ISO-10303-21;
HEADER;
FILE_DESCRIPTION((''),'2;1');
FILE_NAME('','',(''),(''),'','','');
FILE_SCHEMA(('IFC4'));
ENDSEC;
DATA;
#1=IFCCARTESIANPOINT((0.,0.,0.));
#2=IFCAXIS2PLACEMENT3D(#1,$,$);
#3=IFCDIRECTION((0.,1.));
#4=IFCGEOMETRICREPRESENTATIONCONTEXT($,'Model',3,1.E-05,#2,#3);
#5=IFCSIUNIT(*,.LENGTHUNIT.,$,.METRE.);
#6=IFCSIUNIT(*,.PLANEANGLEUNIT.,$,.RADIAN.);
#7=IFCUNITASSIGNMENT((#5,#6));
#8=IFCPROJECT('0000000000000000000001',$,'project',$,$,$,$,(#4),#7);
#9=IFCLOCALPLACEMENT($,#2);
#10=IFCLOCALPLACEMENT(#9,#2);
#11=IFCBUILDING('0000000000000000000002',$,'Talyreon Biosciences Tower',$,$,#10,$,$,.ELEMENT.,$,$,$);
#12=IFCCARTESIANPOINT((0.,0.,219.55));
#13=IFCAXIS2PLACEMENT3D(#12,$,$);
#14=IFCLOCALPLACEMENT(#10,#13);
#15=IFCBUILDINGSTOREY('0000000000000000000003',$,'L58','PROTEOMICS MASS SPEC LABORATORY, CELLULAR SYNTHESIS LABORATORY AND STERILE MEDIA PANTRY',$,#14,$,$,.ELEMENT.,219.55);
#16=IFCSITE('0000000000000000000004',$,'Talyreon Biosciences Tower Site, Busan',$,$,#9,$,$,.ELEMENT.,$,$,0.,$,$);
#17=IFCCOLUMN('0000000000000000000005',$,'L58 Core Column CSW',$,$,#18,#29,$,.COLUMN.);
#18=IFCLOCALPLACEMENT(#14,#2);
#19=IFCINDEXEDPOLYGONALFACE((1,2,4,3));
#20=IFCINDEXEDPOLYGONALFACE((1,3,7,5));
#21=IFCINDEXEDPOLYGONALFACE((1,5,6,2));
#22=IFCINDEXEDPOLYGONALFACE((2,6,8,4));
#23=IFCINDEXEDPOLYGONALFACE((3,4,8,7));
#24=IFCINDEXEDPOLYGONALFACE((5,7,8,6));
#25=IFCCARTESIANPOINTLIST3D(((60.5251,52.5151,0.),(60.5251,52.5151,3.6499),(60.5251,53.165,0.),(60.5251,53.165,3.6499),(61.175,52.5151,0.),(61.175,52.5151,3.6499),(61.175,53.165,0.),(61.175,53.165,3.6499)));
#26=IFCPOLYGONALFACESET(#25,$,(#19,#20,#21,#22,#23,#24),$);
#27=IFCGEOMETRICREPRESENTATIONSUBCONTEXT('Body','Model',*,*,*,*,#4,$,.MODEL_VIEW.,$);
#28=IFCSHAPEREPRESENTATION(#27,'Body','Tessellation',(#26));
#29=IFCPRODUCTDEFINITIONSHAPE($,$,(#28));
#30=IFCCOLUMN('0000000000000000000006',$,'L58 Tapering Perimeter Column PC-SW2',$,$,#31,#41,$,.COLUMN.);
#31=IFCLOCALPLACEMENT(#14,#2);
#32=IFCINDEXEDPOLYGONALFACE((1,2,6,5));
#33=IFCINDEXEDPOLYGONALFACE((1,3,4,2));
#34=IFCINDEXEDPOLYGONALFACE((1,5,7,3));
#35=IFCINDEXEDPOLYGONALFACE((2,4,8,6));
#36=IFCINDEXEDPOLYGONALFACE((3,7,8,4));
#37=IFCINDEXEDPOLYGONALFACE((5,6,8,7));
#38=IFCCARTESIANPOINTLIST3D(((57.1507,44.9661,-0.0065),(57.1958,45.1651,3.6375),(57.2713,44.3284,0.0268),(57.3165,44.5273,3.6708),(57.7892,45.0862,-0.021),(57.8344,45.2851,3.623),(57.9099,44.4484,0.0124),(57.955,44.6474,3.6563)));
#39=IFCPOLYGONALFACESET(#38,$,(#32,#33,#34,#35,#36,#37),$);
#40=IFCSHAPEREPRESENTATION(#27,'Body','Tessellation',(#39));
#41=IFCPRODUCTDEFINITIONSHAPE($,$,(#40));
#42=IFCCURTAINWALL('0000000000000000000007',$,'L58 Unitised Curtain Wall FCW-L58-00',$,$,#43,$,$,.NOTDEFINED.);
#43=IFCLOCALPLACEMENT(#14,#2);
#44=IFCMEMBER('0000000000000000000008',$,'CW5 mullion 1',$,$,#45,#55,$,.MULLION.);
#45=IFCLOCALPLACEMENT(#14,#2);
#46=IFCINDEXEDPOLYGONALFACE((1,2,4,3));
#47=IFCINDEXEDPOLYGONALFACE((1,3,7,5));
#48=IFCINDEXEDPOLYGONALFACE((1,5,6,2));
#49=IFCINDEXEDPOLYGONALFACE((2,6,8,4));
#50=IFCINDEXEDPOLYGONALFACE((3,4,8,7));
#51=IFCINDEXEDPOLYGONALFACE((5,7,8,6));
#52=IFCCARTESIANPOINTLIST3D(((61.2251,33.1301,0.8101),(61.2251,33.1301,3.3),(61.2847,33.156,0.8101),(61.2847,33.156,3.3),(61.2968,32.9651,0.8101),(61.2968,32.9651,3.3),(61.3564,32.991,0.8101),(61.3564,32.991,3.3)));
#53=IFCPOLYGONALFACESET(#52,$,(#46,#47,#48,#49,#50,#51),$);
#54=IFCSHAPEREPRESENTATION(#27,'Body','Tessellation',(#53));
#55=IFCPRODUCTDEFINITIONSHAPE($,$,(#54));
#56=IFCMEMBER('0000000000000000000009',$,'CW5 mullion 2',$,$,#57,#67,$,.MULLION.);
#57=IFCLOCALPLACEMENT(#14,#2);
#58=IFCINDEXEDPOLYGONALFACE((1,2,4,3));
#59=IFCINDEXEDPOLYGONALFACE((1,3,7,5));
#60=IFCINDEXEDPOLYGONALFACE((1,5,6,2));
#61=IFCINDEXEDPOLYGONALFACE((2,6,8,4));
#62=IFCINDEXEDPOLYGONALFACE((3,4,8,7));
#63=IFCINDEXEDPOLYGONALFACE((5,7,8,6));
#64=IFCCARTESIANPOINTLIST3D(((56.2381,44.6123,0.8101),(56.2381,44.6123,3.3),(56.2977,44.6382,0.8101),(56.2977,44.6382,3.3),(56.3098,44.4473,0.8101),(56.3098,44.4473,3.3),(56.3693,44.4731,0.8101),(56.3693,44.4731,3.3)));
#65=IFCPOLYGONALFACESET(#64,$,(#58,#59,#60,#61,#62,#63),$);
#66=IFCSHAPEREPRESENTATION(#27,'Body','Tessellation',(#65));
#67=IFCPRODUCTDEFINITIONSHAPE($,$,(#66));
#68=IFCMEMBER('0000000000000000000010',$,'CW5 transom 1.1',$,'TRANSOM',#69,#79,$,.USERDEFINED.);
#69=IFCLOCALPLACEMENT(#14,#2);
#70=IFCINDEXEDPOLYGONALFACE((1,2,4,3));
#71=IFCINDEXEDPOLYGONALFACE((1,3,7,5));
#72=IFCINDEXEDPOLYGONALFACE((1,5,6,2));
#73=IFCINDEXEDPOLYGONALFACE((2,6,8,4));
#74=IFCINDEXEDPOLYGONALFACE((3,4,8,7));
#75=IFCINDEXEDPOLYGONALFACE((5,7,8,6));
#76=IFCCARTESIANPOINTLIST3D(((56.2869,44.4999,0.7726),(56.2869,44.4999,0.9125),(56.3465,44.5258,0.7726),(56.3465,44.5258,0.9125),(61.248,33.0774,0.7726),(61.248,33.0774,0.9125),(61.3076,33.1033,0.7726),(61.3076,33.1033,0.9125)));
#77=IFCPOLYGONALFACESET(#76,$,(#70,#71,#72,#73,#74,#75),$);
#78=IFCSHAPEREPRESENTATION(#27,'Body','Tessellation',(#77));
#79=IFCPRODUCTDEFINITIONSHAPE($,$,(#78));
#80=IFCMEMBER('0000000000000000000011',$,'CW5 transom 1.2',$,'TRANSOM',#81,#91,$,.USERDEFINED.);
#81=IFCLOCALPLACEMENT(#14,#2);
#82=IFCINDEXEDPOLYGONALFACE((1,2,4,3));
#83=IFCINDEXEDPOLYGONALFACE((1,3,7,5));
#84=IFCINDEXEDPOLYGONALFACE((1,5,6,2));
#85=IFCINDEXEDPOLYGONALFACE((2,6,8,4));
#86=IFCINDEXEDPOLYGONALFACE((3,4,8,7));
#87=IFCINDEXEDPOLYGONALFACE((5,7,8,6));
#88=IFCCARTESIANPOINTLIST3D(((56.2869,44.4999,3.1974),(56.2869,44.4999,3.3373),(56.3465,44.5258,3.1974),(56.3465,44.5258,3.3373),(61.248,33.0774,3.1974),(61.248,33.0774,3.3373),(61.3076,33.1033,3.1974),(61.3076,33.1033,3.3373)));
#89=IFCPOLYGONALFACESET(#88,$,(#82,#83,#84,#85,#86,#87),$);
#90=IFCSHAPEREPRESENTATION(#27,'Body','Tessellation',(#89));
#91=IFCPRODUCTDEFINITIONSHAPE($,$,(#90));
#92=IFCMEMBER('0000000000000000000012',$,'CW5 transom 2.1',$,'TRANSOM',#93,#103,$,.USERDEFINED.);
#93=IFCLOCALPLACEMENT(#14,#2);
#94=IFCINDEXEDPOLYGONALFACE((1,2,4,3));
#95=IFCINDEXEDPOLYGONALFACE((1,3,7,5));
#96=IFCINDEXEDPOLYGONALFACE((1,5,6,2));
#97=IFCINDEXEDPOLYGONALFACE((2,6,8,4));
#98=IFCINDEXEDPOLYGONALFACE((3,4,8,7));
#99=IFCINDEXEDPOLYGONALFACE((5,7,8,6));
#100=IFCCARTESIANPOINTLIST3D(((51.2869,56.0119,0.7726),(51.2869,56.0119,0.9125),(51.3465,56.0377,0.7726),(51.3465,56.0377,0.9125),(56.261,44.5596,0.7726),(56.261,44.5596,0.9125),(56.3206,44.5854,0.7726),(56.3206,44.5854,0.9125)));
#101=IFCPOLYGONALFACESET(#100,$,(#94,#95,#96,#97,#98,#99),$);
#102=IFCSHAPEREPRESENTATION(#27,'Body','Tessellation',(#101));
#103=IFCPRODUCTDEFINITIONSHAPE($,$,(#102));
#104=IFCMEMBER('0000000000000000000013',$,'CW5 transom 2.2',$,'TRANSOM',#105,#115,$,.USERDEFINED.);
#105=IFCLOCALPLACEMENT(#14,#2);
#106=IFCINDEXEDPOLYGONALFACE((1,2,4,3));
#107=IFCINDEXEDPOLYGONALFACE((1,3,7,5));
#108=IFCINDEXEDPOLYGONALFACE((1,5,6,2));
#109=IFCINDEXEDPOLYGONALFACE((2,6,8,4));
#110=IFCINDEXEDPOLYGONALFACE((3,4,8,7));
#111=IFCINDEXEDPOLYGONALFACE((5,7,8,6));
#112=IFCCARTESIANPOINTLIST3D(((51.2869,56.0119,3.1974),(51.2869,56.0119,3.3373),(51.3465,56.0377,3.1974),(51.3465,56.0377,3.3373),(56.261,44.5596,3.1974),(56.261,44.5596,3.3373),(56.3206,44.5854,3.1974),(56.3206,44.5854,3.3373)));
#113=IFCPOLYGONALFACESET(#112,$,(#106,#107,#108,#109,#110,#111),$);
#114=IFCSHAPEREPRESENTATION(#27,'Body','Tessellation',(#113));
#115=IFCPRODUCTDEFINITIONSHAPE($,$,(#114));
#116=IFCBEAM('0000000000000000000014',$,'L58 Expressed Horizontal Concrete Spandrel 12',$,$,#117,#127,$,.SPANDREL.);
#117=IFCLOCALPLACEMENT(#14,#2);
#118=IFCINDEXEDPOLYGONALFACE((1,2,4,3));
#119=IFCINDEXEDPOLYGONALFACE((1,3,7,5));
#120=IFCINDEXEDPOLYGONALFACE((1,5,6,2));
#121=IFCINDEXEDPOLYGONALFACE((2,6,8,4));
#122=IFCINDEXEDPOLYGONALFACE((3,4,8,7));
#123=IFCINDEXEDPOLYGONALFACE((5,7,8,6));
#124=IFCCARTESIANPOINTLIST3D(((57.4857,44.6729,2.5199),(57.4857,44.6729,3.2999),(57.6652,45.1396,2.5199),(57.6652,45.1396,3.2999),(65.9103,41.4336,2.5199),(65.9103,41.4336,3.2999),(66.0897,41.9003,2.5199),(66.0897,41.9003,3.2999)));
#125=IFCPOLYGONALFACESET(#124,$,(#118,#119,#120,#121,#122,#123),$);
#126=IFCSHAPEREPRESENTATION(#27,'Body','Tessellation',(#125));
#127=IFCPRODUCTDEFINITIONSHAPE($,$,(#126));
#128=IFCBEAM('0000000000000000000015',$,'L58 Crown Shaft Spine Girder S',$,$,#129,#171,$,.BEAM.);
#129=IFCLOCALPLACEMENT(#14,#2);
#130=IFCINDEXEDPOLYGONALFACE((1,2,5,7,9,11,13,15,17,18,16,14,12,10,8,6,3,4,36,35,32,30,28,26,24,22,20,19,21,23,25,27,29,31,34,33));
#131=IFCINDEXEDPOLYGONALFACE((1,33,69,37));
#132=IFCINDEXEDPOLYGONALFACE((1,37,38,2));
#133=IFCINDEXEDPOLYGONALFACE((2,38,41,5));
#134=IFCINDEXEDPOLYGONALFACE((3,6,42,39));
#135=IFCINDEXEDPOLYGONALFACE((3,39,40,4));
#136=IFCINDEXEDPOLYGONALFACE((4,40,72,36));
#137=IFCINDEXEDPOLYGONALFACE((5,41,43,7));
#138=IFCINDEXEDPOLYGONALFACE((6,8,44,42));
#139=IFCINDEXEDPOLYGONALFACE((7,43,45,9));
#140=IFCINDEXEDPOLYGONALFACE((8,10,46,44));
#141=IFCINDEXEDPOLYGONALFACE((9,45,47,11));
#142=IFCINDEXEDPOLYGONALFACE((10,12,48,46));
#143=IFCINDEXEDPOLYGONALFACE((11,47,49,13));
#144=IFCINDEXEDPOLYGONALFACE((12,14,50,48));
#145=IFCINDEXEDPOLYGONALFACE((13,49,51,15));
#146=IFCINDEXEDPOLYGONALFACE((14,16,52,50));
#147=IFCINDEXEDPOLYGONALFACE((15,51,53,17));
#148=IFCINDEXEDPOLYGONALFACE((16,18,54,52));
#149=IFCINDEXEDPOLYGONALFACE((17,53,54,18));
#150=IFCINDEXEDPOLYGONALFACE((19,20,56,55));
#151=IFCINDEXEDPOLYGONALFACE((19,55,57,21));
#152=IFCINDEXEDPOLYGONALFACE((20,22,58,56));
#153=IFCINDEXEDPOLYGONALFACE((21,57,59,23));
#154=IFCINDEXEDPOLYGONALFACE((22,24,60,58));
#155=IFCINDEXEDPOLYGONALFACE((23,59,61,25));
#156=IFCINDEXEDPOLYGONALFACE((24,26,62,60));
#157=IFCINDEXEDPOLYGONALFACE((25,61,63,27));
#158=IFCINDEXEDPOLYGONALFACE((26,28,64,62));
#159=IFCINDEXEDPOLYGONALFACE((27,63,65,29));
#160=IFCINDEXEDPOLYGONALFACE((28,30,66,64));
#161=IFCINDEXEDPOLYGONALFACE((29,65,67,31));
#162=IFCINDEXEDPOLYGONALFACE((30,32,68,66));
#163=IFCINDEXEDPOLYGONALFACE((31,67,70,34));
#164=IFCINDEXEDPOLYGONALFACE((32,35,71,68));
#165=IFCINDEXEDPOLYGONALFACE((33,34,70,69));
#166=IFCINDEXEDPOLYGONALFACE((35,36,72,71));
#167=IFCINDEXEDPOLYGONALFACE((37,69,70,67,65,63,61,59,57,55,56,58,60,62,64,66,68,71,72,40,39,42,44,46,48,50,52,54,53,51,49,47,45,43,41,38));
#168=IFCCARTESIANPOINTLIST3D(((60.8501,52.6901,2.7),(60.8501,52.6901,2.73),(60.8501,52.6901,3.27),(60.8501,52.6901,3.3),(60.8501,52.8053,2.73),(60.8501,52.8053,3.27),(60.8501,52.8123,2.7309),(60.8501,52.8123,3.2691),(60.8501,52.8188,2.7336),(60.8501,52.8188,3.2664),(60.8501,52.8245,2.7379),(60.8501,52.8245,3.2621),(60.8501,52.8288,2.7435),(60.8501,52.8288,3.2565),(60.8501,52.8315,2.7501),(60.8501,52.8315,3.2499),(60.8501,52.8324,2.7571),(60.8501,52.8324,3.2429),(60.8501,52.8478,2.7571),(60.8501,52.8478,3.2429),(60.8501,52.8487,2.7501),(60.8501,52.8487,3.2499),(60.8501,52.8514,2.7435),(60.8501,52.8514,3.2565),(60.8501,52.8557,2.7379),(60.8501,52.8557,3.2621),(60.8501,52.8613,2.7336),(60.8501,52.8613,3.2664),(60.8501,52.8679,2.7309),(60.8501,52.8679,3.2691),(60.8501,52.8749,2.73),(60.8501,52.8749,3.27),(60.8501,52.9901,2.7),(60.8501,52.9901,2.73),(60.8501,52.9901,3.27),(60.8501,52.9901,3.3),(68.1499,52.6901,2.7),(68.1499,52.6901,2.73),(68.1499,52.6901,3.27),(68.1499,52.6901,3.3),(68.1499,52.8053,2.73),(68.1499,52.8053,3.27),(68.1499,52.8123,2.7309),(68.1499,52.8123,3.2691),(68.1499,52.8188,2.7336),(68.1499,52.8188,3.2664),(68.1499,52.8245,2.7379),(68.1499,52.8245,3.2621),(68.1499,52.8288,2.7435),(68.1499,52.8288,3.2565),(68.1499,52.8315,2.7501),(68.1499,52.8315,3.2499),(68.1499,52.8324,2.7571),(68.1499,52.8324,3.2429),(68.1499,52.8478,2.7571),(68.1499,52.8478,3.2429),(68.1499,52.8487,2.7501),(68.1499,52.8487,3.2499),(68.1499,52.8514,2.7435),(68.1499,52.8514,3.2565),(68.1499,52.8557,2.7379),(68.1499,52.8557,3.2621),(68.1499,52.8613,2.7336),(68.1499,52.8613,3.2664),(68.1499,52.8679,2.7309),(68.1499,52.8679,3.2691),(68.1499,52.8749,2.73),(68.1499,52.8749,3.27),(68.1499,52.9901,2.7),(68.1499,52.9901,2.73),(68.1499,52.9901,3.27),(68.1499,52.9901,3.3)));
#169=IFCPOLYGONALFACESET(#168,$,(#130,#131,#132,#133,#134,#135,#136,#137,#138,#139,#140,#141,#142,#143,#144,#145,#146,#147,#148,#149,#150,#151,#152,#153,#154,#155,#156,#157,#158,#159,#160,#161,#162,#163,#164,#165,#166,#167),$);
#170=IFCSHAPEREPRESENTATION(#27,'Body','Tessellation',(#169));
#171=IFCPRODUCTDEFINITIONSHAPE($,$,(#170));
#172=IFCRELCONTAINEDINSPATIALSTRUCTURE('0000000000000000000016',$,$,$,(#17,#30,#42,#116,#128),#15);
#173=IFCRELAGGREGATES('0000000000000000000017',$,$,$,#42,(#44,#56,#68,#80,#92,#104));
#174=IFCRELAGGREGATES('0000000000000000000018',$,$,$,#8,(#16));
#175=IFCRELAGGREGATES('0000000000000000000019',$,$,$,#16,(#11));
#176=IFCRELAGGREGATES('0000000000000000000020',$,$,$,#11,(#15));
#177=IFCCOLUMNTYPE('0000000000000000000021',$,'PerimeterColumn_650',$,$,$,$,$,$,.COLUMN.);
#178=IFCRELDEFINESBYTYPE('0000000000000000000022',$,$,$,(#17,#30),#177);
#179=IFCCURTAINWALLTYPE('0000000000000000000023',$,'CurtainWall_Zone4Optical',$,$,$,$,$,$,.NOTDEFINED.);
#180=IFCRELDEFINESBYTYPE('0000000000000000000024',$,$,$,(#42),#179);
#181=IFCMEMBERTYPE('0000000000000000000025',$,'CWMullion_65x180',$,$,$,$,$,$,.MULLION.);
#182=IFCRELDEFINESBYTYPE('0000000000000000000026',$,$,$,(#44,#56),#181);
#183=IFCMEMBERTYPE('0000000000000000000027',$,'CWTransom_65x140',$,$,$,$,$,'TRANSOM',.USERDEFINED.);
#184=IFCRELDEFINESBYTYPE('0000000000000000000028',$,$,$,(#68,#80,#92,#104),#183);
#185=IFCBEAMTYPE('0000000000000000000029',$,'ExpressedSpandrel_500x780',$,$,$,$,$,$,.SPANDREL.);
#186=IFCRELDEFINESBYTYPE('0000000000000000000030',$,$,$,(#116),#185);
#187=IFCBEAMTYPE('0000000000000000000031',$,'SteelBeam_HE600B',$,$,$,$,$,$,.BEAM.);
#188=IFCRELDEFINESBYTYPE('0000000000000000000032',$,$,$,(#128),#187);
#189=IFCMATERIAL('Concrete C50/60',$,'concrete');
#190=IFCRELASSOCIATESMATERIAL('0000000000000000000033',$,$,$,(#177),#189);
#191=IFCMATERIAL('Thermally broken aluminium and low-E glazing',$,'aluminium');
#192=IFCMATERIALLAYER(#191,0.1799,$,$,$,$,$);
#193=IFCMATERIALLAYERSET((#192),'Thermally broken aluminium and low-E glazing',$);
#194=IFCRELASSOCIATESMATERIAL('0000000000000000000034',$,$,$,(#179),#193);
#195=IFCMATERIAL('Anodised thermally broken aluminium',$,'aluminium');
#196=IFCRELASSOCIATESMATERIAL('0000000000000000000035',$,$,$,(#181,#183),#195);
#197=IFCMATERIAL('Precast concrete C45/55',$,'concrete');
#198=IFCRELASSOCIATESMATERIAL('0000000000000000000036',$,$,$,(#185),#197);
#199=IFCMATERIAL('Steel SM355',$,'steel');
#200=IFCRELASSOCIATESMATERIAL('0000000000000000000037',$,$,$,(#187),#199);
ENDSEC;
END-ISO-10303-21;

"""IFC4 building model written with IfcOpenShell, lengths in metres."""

from ifc_helpers import new_model, si_unit, direction, frame, origin, origin_2d, place, context, subcontext, project, spatial, rectangle, i_section, extrude, material, layer, layer_set, material_profile, profile_set, type_object, element, aggregate, save


model = new_model("IFC4")

# Units and contexts
model_context = context("Model", 3, precision=1e-05, world=origin(), true_north=direction((0.0, 1.0)))
body_context = subcontext(model_context, "Body", "Model", "MODEL_VIEW")
ifc_project = project(units=[si_unit("LENGTHUNIT", "METRE"), si_unit("PLANEANGLEUNIT", "RADIAN")], contexts=[model_context])

# Site, building, storey
site_placement = place(None, origin())
site = spatial("IfcSite", under=ifc_project, at=site_placement, Name="Talyreon Biosciences Tower Site, Busan", CompositionType="ELEMENT", RefElevation=0.0)
building_placement = place(site_placement, origin())
building = spatial("IfcBuilding", under=site, at=building_placement, Name="Talyreon Biosciences Tower", CompositionType="ELEMENT")
storey_placement = place(building_placement, frame((0.0, 0.0, 219.55)))
storey = spatial("IfcBuildingStorey", under=building, at=storey_placement, Name="L58", Description="PROTEOMICS MASS SPEC LABORATORY, CELLULAR SYNTHESIS LABORATORY AND STERILE MEDIA PANTRY", CompositionType="ELEMENT", Elevation=219.55)

# Columns
ifc_material_1 = material(Name="Concrete C50/60", Category="concrete")
ifc_material_profile_1 = material_profile(ifc_material_1, rectangle(XDim=0.6499, YDim=0.6499, at=origin_2d()), Name="RC 650x650")
ifc_profile_set_1 = profile_set([ifc_material_profile_1], Name="Concrete C50/60")
column_type = type_object("IfcColumnType", Name="PerimeterColumn_650", PredefinedType="COLUMN", material=ifc_profile_set_1)
column_1_placement = place(storey_placement, frame((60.8501, 52.8401, 0.0), z_axis=(0.0, 0.0, 1.0), x_axis=(1.0, 0.0, 0.0)))
element("IfcColumn", 1, at=column_1_placement, inside=storey, type_object=column_type, Name="L58 Core Column CSW", PredefinedType="COLUMN", context=body_context, shape_type="SweptSolid", body=[
    extrude(rectangle(XDim=0.6499, YDim=0.6499, at=origin_2d()), origin(), (0.0, 0.0, 1.0), 3.6499),
])
column_2_placement = place(storey_placement, frame((57.5303, 44.7073, 0.0029), z_axis=(0.012375, 0.054517, 0.998436), x_axis=(-0.185674, 0.981272, -0.051279)))
element("IfcColumn", 2, at=column_2_placement, inside=storey, type_object=column_type, Name="L58 Tapering Perimeter Column PC-SW2", PredefinedType="COLUMN", context=body_context, shape_type="SweptSolid", body=[
    extrude(rectangle(XDim=0.6499, YDim=0.6499, at=origin_2d()), origin(), (0.0, 0.0, 1.0), 3.6497),
])

# Curtain wall, members
ifc_material_2 = material(Name="Thermally broken aluminium and low-E glazing", Category="aluminium")
ifc_layer_1 = layer(ifc_material_2, 0.1799)
ifc_layer_set_1 = layer_set([ifc_layer_1], Name="Thermally broken aluminium and low-E glazing")
curtain_wall_type = type_object("IfcCurtainWallType", Name="CurtainWall_Zone4Optical", PredefinedType="NOTDEFINED", material=ifc_layer_set_1)
curtain_wall_placement = place(storey_placement, origin())
curtain_wall = element("IfcCurtainWall", 3, at=curtain_wall_placement, inside=storey, type_object=curtain_wall_type, Name="L58 Unitised Curtain Wall FCW-L58-00", PredefinedType="NOTDEFINED")
ifc_material_3 = material(Name="Anodised thermally broken aluminium", Category="aluminium")
ifc_material_profile_2 = material_profile(ifc_material_3, rectangle(XDim=0.0649, YDim=0.1799, at=origin_2d()), Name="ALUM MULLION 65x180")
ifc_profile_set_2 = profile_set([ifc_material_profile_2], Name="Anodised thermally broken aluminium")
member_type_1 = type_object("IfcMemberType", Name="CWMullion_65x180", PredefinedType="MULLION", material=ifc_profile_set_2)
member_1_placement = place(storey_placement, frame((61.2908, 33.0605, 0.8101), z_axis=(0.0, 0.0, 1.0), x_axis=(-0.917222, -0.398376, 0.0)))
member_1 = element("IfcMember", 4, at=member_1_placement, type_object=member_type_1, Name="CW5 mullion 1", PredefinedType="MULLION", context=body_context, shape_type="SweptSolid", body=[
    extrude(rectangle(XDim=0.0649, YDim=0.1799, at=origin_2d()), origin(), (0.0, 0.0, 1.0), 2.49),
])
member_2_placement = place(storey_placement, frame((56.3037, 44.5427, 0.8101), z_axis=(0.0, 0.0, 1.0), x_axis=(-0.917222, -0.398376, 0.0)))
member_2 = element("IfcMember", 5, at=member_2_placement, type_object=member_type_1, Name="CW5 mullion 2", PredefinedType="MULLION", context=body_context, shape_type="SweptSolid", body=[
    extrude(rectangle(XDim=0.0649, YDim=0.1799, at=origin_2d()), origin(), (0.0, 0.0, 1.0), 2.49),
])
ifc_material_profile_3 = material_profile(ifc_material_3, rectangle(XDim=0.0649, YDim=0.1399, at=origin_2d()), Name="ALUM TRANSOM 65x140")
ifc_profile_set_3 = profile_set([ifc_material_profile_3], Name="Anodised thermally broken aluminium")
member_type_2 = type_object("IfcMemberType", Name="CWTransom_65x140", ElementType="TRANSOM", PredefinedType="USERDEFINED", material=ifc_profile_set_3)
member_3_placement = place(storey_placement, frame((61.2778, 33.0903, 0.8425), z_axis=(-0.398377, 0.917222, 0.0), x_axis=(-0.917222, -0.398377, 0.0)))
member_3 = element("IfcMember", 6, at=member_3_placement, type_object=member_type_2, Name="CW5 transom 1.1", ObjectType="TRANSOM", PredefinedType="USERDEFINED", context=body_context, shape_type="SweptSolid", body=[
    extrude(rectangle(XDim=0.0649, YDim=0.1399, at=origin_2d()), origin(), (0.0, 0.0, 1.0), 12.4534),
])
member_4_placement = place(storey_placement, frame((61.2778, 33.0903, 3.2673), z_axis=(-0.398377, 0.917222, 0.0), x_axis=(-0.917222, -0.398377, 0.0)))
member_4 = element("IfcMember", 7, at=member_4_placement, type_object=member_type_2, Name="CW5 transom 1.2", ObjectType="TRANSOM", PredefinedType="USERDEFINED", context=body_context, shape_type="SweptSolid", body=[
    extrude(rectangle(XDim=0.0649, YDim=0.1399, at=origin_2d()), origin(), (0.0, 0.0, 1.0), 12.4534),
])
member_5_placement = place(storey_placement, frame((56.2908, 44.5725, 0.8425), z_axis=(-0.398377, 0.917222, 0.0), x_axis=(-0.917222, -0.398377, 0.0)))
member_5 = element("IfcMember", 8, at=member_5_placement, type_object=member_type_2, Name="CW5 transom 2.1", ObjectType="TRANSOM", PredefinedType="USERDEFINED", context=body_context, shape_type="SweptSolid", body=[
    extrude(rectangle(XDim=0.0649, YDim=0.1399, at=origin_2d()), origin(), (0.0, 0.0, 1.0), 12.4858),
])
member_6_placement = place(storey_placement, frame((56.2908, 44.5725, 3.2673), z_axis=(-0.398377, 0.917222, 0.0), x_axis=(-0.917222, -0.398377, 0.0)))
member_6 = element("IfcMember", 9, at=member_6_placement, type_object=member_type_2, Name="CW5 transom 2.2", ObjectType="TRANSOM", PredefinedType="USERDEFINED", context=body_context, shape_type="SweptSolid", body=[
    extrude(rectangle(XDim=0.0649, YDim=0.1399, at=origin_2d()), origin(), (0.0, 0.0, 1.0), 12.4858),
])

# Beams
ifc_material_4 = material(Name="Precast concrete C45/55", Category="concrete")
ifc_material_profile_4 = material_profile(ifc_material_4, rectangle(XDim=0.5, YDim=0.78, at=origin_2d()), Name="RCB 500x780")
ifc_profile_set_4 = profile_set([ifc_material_profile_4], Name="Precast concrete C45/55")
beam_type_1 = type_object("IfcBeamType", Name="ExpressedSpandrel_500x780", PredefinedType="SPANDREL", material=ifc_profile_set_4)
beam_1_placement = place(storey_placement, frame((57.5754, 44.9062, 2.9099), z_axis=(0.933381, -0.358887, 0.0), x_axis=(0.358887, 0.933381, 0.0)))
element("IfcBeam", 10, at=beam_1_placement, inside=storey, type_object=beam_type_1, Name="L58 Expressed Horizontal Concrete Spandrel 12", PredefinedType="SPANDREL", context=body_context, shape_type="SweptSolid", body=[
    extrude(rectangle(XDim=0.5, YDim=0.78, at=origin_2d()), origin(), (0.0, 0.0, 1.0), 9.0259),
])
ifc_material_5 = material(Name="Steel SM355", Category="steel")
ifc_material_profile_5 = material_profile(ifc_material_5, i_section(OverallWidth=0.3, OverallDepth=0.6001, WebThickness=0.0154, FlangeThickness=0.03, FilletRadius=0.0271, at=origin_2d()), Name="HE600B")
ifc_profile_set_5 = profile_set([ifc_material_profile_5], Name="Steel SM355")
beam_type_2 = type_object("IfcBeamType", Name="SteelBeam_HE600B", PredefinedType="BEAM", material=ifc_profile_set_5)
beam_2_placement = place(storey_placement, frame((60.8501, 52.8401, 3.0), z_axis=(1.0, 0.0, 0.0), x_axis=(0.0, 1.0, 0.0)))
element("IfcBeam", 11, at=beam_2_placement, inside=storey, type_object=beam_type_2, Name="L58 Crown Shaft Spine Girder S", PredefinedType="BEAM", context=body_context, shape_type="SweptSolid", body=[
    extrude(i_section(OverallWidth=0.3, OverallDepth=0.6001, WebThickness=0.0154, FlangeThickness=0.03, FilletRadius=0.0271, at=origin_2d()), origin(), (0.0, 0.0, 1.0), 7.2998),
])

aggregate(curtain_wall, [member_1, member_2, member_3, member_4, member_5, member_6])

save(model, "model.ifc")
